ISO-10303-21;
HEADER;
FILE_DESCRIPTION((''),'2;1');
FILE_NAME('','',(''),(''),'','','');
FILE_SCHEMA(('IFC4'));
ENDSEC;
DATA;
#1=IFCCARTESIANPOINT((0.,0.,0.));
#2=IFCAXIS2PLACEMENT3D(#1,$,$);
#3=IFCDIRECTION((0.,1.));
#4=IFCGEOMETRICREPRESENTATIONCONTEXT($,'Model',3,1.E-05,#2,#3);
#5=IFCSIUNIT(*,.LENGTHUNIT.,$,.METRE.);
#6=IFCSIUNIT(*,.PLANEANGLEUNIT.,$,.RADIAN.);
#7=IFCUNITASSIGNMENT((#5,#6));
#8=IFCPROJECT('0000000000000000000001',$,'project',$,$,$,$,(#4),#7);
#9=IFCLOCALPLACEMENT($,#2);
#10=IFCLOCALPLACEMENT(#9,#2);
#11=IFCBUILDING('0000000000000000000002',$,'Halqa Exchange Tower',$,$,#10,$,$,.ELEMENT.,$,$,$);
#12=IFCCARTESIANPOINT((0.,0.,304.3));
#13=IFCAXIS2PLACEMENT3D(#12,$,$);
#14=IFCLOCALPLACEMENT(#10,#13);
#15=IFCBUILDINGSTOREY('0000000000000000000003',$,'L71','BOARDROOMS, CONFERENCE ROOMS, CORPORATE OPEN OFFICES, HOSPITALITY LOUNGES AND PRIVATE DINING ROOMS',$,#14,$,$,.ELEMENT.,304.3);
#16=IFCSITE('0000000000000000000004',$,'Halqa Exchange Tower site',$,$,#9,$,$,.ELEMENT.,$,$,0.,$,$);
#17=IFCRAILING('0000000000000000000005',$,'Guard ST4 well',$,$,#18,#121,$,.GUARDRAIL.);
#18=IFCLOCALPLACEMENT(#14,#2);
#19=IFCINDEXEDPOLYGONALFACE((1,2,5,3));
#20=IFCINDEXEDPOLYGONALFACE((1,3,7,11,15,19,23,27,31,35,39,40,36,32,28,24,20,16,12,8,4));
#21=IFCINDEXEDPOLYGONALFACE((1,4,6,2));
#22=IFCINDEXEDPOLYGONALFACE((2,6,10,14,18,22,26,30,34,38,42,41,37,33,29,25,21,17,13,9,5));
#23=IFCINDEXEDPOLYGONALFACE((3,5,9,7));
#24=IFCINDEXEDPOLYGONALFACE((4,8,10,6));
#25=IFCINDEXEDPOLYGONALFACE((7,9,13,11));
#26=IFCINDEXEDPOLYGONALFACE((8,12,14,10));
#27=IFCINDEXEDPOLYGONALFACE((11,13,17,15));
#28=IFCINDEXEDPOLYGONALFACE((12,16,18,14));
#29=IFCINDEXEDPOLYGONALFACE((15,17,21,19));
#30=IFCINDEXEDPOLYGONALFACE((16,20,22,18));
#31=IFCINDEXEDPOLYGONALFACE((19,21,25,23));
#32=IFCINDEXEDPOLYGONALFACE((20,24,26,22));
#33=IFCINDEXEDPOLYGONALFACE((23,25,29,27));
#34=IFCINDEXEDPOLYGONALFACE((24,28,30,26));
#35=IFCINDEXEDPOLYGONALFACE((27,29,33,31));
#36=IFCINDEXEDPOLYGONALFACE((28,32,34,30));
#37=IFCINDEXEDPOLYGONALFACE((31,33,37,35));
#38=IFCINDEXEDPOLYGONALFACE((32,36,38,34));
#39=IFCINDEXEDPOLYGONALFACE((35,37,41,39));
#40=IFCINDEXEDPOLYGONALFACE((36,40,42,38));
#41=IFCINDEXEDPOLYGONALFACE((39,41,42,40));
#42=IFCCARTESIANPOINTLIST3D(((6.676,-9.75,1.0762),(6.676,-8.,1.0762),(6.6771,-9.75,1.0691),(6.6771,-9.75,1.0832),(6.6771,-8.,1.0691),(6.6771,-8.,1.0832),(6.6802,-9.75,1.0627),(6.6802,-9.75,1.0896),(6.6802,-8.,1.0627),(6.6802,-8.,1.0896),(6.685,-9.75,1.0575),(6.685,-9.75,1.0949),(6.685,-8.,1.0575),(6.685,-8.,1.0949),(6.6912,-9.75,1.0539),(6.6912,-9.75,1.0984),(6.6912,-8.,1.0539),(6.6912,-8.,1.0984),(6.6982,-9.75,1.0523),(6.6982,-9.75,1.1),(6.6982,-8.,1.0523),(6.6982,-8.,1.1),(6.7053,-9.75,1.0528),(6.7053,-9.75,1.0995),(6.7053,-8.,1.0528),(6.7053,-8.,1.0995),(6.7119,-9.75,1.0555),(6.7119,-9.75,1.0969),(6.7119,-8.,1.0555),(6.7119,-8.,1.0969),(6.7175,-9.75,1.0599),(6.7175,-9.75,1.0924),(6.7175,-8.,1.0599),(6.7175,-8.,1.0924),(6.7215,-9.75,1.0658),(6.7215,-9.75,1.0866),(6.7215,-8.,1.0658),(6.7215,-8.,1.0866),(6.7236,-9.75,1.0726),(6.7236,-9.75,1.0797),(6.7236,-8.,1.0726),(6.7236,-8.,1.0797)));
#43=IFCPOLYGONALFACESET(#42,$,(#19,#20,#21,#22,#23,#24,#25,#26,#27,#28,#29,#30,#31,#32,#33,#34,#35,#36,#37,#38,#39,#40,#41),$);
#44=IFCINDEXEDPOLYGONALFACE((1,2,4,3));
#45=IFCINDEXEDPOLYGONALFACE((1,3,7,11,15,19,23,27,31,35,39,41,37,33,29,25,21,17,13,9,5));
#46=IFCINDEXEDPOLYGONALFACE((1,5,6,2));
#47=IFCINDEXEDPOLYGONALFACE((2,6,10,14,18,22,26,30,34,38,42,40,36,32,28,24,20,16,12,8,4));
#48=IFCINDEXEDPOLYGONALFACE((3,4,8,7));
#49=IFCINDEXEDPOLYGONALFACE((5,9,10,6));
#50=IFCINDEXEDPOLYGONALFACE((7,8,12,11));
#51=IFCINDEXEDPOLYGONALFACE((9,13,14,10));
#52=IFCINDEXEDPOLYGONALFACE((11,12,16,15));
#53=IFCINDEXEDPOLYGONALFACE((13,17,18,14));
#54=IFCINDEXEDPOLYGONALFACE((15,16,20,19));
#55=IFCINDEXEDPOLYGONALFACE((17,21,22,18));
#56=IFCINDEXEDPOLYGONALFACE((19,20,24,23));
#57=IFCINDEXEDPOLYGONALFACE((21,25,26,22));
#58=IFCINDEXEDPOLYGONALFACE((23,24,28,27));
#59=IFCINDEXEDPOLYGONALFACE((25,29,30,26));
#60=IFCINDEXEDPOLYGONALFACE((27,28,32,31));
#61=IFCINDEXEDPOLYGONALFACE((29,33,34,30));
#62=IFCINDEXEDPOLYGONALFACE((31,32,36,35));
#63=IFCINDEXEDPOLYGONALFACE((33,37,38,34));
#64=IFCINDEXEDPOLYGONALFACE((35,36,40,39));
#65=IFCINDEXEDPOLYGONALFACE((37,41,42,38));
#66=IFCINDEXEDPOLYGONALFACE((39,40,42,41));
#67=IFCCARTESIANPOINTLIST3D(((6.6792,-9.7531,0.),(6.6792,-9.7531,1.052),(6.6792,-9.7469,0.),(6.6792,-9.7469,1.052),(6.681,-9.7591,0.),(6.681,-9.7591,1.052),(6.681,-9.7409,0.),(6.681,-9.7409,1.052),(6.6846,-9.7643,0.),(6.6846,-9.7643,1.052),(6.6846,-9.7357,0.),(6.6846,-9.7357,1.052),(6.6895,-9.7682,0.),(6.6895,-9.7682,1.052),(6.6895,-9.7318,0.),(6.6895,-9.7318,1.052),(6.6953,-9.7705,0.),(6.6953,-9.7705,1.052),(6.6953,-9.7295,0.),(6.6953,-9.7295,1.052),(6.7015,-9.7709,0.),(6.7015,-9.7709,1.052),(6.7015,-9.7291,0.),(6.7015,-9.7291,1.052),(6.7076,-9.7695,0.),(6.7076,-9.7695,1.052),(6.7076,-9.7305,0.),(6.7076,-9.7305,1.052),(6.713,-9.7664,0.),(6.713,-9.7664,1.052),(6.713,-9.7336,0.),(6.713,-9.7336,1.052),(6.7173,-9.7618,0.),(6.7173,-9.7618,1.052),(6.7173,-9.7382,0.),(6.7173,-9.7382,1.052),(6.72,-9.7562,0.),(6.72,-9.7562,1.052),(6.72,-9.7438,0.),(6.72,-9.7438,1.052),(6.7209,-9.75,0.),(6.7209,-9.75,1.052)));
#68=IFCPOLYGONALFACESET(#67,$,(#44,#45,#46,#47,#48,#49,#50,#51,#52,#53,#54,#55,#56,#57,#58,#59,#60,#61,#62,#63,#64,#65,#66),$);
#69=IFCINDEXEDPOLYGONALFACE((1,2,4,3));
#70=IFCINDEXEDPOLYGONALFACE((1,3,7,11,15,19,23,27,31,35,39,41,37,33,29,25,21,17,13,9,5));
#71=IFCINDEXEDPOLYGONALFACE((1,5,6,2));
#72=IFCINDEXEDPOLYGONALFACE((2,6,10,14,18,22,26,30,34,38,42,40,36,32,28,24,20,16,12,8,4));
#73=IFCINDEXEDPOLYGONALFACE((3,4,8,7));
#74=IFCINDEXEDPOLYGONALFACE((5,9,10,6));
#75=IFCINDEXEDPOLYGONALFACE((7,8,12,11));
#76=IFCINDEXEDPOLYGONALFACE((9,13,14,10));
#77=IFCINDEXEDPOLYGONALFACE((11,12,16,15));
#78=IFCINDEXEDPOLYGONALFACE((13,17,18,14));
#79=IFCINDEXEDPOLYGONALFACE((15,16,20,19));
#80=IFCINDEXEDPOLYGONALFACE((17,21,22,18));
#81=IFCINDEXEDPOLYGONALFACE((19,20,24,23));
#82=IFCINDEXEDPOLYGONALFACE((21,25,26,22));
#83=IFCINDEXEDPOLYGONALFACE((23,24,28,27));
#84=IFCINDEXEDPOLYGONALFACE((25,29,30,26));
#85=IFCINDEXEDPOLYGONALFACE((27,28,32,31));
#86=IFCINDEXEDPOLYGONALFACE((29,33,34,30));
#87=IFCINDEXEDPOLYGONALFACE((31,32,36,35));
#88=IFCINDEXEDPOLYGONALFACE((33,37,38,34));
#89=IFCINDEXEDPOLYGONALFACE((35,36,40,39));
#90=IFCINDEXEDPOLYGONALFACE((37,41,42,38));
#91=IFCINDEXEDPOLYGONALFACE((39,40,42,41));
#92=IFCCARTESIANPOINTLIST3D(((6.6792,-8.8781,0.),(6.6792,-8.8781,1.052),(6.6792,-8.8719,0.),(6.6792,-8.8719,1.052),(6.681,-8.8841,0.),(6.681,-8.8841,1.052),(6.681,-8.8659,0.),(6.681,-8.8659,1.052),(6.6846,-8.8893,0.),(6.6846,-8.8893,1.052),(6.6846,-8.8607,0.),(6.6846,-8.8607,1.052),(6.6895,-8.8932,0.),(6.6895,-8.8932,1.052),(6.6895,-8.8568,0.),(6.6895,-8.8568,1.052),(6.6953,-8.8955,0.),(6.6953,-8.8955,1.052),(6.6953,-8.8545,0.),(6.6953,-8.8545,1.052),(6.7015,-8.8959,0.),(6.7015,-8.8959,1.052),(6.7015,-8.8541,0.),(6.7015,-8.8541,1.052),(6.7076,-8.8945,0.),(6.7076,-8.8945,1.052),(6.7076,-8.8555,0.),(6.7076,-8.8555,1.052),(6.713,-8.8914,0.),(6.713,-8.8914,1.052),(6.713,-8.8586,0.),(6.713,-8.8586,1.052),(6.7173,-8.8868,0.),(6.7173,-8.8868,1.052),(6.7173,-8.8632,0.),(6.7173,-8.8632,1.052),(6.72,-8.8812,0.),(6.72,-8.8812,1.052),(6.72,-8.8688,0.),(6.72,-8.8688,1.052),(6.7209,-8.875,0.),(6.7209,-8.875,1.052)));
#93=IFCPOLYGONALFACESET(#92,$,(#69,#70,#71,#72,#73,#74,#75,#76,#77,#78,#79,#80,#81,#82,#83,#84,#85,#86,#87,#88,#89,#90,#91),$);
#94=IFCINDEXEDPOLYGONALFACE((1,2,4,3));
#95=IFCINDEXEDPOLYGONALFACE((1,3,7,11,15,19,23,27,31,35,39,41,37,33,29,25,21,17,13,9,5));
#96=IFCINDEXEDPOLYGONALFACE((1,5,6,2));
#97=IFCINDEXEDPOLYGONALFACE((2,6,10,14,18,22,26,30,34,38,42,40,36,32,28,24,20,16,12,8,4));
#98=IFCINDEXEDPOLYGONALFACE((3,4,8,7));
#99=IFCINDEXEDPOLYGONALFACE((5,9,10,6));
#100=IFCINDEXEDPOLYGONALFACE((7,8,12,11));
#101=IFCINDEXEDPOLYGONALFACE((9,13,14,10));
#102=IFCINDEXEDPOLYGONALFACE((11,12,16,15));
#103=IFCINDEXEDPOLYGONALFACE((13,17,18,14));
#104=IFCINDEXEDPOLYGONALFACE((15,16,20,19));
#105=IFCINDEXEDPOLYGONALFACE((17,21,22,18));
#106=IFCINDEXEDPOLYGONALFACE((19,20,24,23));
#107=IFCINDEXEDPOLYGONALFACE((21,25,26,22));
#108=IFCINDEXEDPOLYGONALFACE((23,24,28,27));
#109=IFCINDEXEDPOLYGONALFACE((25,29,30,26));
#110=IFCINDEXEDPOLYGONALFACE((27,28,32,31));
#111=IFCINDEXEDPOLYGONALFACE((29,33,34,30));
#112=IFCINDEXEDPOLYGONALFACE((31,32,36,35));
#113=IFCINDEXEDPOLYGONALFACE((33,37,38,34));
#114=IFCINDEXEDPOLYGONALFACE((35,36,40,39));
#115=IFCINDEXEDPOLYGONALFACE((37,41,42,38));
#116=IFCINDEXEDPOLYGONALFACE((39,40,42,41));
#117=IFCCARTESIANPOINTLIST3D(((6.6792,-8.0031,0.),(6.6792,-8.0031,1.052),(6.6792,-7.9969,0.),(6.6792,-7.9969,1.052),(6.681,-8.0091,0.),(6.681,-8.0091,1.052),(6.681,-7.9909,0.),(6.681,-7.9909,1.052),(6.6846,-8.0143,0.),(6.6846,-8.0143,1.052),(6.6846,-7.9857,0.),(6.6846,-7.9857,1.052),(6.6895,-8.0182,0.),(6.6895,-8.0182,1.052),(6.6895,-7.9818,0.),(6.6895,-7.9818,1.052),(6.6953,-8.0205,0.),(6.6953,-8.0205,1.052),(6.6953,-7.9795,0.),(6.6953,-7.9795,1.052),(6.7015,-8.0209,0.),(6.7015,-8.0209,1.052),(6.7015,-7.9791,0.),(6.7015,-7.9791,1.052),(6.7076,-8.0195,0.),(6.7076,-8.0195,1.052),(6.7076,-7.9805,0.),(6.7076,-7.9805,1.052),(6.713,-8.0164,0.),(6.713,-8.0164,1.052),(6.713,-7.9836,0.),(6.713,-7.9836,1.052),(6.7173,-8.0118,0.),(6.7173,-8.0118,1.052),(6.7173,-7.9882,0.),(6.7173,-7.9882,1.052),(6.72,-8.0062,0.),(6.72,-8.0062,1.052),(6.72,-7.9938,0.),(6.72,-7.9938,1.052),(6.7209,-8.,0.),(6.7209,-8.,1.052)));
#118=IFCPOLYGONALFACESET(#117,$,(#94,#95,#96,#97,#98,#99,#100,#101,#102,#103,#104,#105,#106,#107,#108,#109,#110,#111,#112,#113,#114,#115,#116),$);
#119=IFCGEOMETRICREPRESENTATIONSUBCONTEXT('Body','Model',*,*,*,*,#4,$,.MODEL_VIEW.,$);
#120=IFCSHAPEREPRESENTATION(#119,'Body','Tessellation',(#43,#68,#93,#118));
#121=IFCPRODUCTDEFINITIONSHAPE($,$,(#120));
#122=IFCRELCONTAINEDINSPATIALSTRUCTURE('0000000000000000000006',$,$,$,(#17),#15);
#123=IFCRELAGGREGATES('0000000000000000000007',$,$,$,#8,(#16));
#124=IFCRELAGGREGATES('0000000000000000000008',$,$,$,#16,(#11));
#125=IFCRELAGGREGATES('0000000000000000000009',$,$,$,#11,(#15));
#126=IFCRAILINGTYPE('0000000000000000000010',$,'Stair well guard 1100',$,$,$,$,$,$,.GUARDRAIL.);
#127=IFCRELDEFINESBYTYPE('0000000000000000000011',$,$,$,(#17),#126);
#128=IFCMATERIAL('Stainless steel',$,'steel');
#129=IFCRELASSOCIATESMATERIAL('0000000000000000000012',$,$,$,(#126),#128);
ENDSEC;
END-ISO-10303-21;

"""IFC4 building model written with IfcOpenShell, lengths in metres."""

from ifc_helpers import new_model, si_unit, direction, frame, origin, origin_2d, place, context, subcontext, project, spatial, circle, extrude, material, type_object, element, save


model = new_model("IFC4")

# Units and contexts
model_context = context("Model", 3, precision=1e-05, world=origin(), true_north=direction((0.0, 1.0)))
body_context = subcontext(model_context, "Body", "Model", "MODEL_VIEW")
ifc_project = project(units=[si_unit("LENGTHUNIT", "METRE"), si_unit("PLANEANGLEUNIT", "RADIAN")], contexts=[model_context])

# Site, building, storey
site_placement = place(None, origin())
site = spatial("IfcSite", under=ifc_project, at=site_placement, Name="Halqa Exchange Tower site", CompositionType="ELEMENT", RefElevation=0.0)
building_placement = place(site_placement, origin())
building = spatial("IfcBuilding", under=site, at=building_placement, Name="Halqa Exchange Tower", CompositionType="ELEMENT")
storey_placement = place(building_placement, frame((0.0, 0.0, 304.3)))
storey = spatial("IfcBuildingStorey", under=building, at=storey_placement, Name="L71", Description="BOARDROOMS, CONFERENCE ROOMS, CORPORATE OPEN OFFICES, HOSPITALITY LOUNGES AND PRIVATE DINING ROOMS", CompositionType="ELEMENT", Elevation=304.3)

# Railing
ifc_material_1 = material(Name="Stainless steel", Category="steel")
railing_type_1 = type_object("IfcRailingType", Name="Stair well guard 1100", PredefinedType="GUARDRAIL", material=ifc_material_1)
railing_1_placement = place(storey_placement, frame((6.7, -9.75, 0.0)))
element("IfcRailing", 1, at=railing_1_placement, inside=storey, type_object=railing_type_1, Name="Guard ST4 well", PredefinedType="GUARDRAIL", context=body_context, shape_type="SweptSolid", body=[
    extrude(circle(Radius=0.0239, at=origin_2d()), frame((0.0, 0.0, 1.0762), z_axis=(0.0, 1.0, 0.0), x_axis=(-1.0, 0.0, 0.0)), (0.0, 0.0, 1.0), 1.75),
    extrude(circle(Radius=0.021, at=origin_2d()), origin(), (0.0, 0.0, 1.0), 1.052),
    extrude(circle(Radius=0.021, at=origin_2d()), frame((0.0, 0.875, 0.0)), (0.0, 0.0, 1.0), 1.052),
    extrude(circle(Radius=0.021, at=origin_2d()), frame((0.0, 1.75, 0.0)), (0.0, 0.0, 1.0), 1.052),
])

save(model, "model.ifc")
